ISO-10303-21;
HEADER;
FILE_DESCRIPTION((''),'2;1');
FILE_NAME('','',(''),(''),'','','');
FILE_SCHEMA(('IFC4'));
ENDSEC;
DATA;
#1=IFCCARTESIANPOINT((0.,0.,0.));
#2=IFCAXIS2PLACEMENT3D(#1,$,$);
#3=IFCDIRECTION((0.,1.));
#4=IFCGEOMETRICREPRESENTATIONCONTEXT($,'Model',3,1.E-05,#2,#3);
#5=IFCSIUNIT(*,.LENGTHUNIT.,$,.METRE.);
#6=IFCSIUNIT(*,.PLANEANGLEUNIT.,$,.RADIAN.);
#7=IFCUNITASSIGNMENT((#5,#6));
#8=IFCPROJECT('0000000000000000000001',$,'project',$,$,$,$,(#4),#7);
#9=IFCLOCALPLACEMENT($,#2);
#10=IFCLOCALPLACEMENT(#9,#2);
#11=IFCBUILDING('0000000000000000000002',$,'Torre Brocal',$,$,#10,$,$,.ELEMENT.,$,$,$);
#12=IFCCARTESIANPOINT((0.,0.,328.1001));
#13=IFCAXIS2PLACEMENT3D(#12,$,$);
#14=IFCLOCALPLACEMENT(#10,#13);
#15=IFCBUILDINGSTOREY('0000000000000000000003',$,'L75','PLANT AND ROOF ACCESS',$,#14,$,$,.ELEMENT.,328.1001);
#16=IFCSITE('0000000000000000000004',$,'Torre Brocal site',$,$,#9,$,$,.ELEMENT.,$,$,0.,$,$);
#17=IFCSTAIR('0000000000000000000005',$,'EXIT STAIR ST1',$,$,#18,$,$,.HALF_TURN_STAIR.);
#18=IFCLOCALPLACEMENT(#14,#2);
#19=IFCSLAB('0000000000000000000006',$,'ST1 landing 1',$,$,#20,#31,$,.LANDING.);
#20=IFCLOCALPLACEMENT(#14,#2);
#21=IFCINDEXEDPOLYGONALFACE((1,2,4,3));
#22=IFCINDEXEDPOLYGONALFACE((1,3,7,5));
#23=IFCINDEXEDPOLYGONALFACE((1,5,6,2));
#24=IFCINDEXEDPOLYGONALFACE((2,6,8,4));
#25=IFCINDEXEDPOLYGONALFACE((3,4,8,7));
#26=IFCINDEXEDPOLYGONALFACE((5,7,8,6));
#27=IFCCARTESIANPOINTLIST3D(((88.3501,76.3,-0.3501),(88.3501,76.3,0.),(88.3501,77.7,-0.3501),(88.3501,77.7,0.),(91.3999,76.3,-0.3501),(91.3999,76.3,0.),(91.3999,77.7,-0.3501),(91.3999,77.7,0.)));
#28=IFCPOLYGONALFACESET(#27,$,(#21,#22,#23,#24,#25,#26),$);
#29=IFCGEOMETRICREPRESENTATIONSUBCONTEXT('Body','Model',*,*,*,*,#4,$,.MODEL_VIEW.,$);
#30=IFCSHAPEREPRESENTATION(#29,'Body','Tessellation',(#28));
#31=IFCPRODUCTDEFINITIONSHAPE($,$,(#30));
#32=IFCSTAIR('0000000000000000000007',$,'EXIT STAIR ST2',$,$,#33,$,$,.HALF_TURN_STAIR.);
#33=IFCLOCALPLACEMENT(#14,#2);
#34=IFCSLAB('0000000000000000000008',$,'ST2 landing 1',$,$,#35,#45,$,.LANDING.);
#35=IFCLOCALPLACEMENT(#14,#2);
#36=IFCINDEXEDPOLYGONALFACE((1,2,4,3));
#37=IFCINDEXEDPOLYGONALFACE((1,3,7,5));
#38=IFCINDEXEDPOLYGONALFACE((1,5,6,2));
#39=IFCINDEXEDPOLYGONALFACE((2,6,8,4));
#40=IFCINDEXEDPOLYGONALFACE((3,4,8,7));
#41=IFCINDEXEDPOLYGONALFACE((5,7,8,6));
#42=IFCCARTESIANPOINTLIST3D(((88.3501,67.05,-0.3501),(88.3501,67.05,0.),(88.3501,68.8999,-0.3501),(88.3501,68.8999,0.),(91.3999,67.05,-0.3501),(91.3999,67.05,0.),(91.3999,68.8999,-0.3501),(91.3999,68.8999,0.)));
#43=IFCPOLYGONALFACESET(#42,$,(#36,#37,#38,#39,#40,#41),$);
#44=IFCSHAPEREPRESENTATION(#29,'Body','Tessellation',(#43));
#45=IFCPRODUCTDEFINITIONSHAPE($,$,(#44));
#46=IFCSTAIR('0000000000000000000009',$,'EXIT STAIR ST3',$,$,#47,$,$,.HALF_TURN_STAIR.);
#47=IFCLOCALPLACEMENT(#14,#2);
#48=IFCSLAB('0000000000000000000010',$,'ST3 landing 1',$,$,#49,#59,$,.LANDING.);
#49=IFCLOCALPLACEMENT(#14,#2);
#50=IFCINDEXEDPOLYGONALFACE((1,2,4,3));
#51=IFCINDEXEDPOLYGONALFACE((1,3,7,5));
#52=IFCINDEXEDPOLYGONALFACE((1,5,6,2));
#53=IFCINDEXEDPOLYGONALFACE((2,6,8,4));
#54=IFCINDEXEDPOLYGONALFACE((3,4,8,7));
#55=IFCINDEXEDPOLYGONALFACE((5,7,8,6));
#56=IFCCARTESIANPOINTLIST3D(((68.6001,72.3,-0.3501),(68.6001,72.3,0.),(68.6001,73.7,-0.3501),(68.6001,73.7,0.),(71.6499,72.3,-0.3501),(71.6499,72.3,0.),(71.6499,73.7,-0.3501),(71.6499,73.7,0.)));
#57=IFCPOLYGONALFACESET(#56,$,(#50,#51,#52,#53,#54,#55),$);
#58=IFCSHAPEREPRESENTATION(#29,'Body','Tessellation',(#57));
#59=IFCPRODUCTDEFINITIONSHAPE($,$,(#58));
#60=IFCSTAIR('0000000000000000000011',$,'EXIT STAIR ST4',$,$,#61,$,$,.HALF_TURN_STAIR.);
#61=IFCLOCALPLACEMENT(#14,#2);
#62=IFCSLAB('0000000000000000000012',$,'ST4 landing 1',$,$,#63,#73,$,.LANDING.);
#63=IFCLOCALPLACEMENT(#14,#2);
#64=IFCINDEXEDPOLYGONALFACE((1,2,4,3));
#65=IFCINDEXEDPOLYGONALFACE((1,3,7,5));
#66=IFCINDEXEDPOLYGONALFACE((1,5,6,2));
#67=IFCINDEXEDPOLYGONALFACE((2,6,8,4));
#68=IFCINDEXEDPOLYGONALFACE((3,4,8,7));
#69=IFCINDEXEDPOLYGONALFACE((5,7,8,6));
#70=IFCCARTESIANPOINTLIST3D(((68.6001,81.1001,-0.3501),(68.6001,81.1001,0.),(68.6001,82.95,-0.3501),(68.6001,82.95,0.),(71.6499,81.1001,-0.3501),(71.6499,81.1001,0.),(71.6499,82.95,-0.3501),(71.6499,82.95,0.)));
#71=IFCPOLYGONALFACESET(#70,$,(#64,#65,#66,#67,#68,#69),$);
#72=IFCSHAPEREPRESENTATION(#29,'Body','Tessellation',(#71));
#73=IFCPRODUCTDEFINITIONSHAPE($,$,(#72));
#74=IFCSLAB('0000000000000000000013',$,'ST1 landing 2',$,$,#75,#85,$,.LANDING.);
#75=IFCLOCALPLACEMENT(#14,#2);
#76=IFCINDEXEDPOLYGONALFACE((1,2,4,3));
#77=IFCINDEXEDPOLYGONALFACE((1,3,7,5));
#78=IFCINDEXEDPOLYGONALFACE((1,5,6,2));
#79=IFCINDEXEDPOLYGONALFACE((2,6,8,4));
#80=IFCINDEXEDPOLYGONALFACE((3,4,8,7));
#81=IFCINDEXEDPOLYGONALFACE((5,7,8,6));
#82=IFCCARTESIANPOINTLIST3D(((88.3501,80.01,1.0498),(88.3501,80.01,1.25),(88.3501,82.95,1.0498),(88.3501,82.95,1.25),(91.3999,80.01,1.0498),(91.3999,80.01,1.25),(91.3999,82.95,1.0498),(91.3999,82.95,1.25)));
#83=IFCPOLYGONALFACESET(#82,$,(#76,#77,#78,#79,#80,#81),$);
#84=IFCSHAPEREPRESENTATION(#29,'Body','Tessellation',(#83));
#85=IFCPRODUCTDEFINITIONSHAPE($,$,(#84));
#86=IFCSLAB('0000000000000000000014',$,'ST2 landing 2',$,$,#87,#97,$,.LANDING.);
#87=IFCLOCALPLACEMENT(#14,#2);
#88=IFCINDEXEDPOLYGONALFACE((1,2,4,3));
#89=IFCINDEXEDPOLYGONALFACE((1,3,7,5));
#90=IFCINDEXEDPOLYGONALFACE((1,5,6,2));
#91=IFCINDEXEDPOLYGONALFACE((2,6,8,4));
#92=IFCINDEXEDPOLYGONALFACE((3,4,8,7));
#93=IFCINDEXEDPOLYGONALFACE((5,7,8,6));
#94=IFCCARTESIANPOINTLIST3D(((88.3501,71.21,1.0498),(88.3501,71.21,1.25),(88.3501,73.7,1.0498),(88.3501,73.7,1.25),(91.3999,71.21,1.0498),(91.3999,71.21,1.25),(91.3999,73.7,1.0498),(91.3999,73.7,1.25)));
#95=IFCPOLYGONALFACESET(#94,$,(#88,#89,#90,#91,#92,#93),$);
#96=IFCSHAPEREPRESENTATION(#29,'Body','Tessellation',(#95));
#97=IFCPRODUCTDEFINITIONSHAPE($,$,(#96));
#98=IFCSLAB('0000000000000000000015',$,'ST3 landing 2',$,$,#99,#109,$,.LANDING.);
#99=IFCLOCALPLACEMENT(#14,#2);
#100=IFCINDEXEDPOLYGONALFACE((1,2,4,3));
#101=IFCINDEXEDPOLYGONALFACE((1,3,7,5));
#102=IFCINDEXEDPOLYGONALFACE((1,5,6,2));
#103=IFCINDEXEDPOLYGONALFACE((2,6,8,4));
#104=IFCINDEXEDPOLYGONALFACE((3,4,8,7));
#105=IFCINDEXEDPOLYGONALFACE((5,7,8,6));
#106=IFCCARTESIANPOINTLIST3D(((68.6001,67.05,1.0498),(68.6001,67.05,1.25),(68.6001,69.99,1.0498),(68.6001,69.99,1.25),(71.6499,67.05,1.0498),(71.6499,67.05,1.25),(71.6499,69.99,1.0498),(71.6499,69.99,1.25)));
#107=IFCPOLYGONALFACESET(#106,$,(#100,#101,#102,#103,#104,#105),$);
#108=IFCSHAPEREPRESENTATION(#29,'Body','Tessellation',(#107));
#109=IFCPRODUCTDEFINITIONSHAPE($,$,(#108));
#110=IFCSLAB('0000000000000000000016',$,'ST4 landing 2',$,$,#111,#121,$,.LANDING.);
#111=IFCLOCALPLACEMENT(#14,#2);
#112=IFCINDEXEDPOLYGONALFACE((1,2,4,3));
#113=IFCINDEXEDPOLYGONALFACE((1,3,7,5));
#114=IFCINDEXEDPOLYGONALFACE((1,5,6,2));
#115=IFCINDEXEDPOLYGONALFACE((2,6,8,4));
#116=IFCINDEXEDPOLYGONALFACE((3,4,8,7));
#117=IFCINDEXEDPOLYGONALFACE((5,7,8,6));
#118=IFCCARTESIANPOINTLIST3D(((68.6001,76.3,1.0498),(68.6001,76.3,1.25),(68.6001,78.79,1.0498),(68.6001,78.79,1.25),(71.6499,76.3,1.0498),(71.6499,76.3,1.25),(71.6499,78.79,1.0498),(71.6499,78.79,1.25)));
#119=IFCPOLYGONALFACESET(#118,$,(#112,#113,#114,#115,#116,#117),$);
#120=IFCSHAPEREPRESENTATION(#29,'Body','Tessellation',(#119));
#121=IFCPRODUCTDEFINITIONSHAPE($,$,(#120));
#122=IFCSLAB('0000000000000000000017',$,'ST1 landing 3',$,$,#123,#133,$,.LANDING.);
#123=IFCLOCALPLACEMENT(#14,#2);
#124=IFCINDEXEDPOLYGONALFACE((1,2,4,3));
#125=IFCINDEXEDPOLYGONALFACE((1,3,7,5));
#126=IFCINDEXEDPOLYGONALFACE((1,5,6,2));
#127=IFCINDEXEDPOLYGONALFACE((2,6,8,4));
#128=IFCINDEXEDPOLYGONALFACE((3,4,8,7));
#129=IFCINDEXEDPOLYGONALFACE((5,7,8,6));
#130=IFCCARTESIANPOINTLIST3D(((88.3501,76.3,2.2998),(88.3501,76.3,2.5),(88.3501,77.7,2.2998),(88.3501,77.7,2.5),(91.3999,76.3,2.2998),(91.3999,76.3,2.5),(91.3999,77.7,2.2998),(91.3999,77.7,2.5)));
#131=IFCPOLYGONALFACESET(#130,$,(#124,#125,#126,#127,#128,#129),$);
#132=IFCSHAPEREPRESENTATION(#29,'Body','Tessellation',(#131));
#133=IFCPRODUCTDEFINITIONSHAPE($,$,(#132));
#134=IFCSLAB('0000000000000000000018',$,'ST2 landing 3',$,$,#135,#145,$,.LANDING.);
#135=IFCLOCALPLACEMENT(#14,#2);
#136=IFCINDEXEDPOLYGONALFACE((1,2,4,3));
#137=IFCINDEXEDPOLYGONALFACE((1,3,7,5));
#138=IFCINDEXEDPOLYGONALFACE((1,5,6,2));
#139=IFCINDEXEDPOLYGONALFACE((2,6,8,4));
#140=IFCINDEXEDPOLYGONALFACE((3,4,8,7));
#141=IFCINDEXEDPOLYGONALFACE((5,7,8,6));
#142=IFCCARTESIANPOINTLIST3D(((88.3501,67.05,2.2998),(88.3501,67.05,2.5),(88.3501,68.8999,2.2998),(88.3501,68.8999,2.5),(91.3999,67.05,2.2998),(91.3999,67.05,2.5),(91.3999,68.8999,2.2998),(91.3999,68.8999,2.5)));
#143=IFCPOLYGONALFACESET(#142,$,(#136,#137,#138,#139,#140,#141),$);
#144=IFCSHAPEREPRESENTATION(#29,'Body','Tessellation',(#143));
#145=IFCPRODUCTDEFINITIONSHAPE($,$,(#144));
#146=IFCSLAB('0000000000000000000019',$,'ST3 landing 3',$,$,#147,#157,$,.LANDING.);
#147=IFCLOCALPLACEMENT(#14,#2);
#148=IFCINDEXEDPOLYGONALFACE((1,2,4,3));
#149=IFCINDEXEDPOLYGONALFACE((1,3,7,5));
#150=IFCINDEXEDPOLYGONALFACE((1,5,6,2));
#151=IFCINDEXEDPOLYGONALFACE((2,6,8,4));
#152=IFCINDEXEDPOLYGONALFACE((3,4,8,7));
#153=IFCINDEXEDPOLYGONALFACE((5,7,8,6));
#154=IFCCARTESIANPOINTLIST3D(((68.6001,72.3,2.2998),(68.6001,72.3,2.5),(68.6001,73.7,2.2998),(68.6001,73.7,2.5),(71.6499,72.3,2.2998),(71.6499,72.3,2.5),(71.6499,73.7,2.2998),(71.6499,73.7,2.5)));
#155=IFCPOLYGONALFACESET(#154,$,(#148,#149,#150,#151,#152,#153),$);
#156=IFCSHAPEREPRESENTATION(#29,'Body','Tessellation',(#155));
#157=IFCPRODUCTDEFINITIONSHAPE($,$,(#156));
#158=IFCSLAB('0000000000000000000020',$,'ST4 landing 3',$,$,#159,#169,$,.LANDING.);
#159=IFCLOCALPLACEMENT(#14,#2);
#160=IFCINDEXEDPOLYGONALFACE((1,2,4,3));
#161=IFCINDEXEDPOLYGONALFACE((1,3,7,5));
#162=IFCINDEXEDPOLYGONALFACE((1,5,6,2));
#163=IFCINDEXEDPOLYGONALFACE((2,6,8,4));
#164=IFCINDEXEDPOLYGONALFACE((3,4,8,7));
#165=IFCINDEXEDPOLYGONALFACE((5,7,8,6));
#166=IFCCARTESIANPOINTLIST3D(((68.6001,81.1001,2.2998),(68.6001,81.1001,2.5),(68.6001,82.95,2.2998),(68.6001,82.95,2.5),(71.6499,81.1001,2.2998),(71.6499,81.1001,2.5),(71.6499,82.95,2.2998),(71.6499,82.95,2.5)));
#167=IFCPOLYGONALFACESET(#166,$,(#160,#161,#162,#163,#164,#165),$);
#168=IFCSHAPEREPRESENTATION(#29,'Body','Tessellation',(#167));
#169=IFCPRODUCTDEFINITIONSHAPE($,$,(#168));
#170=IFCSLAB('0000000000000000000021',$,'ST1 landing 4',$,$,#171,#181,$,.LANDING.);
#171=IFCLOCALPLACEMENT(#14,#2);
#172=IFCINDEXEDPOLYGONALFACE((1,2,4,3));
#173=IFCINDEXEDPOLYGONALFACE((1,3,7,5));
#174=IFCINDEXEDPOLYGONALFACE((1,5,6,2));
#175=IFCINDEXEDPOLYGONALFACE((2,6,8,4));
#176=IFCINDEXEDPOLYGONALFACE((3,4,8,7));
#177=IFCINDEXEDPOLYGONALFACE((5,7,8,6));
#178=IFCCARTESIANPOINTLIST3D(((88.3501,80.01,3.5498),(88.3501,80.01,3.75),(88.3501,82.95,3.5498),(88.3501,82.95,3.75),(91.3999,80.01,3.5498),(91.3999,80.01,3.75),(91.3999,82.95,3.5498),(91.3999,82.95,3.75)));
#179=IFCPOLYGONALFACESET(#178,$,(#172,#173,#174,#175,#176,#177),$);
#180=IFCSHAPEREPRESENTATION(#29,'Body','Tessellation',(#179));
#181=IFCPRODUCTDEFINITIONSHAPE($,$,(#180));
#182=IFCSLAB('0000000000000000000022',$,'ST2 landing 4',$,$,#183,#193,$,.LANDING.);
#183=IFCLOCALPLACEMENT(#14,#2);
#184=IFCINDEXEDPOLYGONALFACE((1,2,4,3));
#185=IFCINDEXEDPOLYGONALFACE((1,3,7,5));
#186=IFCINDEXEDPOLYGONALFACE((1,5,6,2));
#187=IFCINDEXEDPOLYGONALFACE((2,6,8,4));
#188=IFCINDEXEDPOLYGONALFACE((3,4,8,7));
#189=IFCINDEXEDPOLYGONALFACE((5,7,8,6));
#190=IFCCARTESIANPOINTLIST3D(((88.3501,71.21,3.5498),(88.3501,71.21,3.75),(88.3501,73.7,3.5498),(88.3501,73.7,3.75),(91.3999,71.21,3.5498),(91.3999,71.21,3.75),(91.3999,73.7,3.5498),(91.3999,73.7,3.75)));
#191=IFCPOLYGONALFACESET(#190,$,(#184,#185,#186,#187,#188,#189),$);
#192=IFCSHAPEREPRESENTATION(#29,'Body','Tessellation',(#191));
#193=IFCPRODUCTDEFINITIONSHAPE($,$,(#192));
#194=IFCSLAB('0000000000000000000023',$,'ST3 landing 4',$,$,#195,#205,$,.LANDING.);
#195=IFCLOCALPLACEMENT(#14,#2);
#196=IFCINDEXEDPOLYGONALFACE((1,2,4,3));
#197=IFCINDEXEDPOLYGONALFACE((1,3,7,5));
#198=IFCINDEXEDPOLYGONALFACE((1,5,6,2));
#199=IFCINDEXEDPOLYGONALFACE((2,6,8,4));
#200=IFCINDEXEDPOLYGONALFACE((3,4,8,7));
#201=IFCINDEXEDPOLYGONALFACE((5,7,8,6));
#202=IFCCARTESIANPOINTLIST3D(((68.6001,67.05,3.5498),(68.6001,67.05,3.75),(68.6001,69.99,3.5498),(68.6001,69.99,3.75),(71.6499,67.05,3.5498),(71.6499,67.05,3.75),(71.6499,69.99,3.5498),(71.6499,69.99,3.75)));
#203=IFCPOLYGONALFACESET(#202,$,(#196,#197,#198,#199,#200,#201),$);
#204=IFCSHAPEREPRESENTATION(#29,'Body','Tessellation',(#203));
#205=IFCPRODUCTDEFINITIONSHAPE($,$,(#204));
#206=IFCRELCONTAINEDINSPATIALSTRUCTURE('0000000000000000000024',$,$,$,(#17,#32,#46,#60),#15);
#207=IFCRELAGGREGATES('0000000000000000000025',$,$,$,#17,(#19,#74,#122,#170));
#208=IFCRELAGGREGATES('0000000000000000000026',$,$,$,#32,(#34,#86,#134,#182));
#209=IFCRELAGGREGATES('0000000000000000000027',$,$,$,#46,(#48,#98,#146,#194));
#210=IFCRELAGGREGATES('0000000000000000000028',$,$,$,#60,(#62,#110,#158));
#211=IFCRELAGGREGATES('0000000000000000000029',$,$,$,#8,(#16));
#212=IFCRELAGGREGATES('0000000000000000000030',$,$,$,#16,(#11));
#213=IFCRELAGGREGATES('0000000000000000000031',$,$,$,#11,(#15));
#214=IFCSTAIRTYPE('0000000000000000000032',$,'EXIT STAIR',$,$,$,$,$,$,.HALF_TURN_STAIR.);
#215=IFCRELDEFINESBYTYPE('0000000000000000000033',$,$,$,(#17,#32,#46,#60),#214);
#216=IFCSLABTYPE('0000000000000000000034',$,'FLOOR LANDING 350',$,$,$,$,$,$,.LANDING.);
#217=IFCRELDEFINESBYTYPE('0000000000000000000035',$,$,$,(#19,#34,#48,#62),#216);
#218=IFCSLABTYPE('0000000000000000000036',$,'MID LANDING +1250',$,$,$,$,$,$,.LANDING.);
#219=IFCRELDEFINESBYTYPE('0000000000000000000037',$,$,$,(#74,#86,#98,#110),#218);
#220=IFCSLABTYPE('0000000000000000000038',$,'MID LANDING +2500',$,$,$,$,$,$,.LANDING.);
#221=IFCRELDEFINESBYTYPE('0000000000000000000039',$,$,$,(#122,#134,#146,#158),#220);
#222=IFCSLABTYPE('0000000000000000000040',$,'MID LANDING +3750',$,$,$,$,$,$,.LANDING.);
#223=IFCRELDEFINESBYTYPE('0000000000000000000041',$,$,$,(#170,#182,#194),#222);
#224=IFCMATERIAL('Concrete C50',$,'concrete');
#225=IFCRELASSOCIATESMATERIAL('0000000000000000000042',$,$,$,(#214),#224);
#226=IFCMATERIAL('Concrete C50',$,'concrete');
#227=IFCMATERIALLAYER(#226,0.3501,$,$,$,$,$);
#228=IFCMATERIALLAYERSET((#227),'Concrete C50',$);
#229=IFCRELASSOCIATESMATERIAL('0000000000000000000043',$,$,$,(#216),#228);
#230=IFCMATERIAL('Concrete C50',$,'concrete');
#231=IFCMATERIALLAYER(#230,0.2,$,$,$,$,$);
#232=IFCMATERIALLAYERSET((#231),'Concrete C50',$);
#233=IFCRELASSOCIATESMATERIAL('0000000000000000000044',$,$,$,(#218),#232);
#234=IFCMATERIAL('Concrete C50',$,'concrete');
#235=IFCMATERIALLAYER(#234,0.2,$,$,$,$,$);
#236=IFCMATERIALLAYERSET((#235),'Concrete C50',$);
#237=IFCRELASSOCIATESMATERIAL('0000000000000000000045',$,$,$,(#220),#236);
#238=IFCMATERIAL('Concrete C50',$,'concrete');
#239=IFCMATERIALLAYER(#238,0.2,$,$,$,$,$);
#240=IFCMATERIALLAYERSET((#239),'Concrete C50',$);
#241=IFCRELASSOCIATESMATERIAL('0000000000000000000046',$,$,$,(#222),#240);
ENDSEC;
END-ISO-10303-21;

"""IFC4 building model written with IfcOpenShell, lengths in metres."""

from ifc_helpers import new_model, si_unit, direction, frame, origin, place, context, subcontext, project, spatial, polyline, outline, extrude, material, layer, layer_set, type_object, element, aggregate, save


model = new_model("IFC4")

# Units and contexts
model_context = context("Model", 3, precision=1e-05, world=origin(), true_north=direction((0.0, 1.0)))
body_context = subcontext(model_context, "Body", "Model", "MODEL_VIEW")
ifc_project = project(units=[si_unit("LENGTHUNIT", "METRE"), si_unit("PLANEANGLEUNIT", "RADIAN")], contexts=[model_context])

# Site, building, storey
site_placement = place(None, origin())
site = spatial("IfcSite", under=ifc_project, at=site_placement, Name="Torre Brocal site", CompositionType="ELEMENT", RefElevation=0.0)
building_placement = place(site_placement, origin())
building = spatial("IfcBuilding", under=site, at=building_placement, Name="Torre Brocal", CompositionType="ELEMENT")
storey_placement = place(building_placement, frame((0.0, 0.0, 328.1001)))
storey = spatial("IfcBuildingStorey", under=building, at=storey_placement, Name="L75", Description="PLANT AND ROOF ACCESS", CompositionType="ELEMENT", Elevation=328.1001)

# Stairs, slabs
ifc_material_1 = material(Name="Concrete C50", Category="concrete")
stair_type = type_object("IfcStairType", Name="EXIT STAIR", PredefinedType="HALF_TURN_STAIR", material=ifc_material_1)
stair_1_placement = place(storey_placement, origin())
stair_1 = element("IfcStair", 1, at=stair_1_placement, inside=storey, type_object=stair_type, Name="EXIT STAIR ST1", PredefinedType="HALF_TURN_STAIR")
ifc_material_2 = material(Name="Concrete C50", Category="concrete")
ifc_layer_1 = layer(ifc_material_2, 0.3501)
ifc_layer_set_1 = layer_set([ifc_layer_1], Name="Concrete C50")
slab_type_1 = type_object("IfcSlabType", Name="FLOOR LANDING 350", PredefinedType="LANDING", material=ifc_layer_set_1)
slab_1_placement = place(storey_placement, frame((0.0, 0.0, -0.3501)))
slab_1 = element("IfcSlab", 2, at=slab_1_placement, type_object=slab_type_1, Name="ST1 landing 1", PredefinedType="LANDING", context=body_context, shape_type="SweptSolid", body=[
    extrude(outline(polyline([(88.3501, 76.3), (91.3999, 76.3), (91.3999, 77.7), (88.3501, 77.7), (88.3501, 76.3)])), origin(), (0.0, 0.0, 1.0), 0.3501),
])
stair_2_placement = place(storey_placement, origin())
stair_2 = element("IfcStair", 3, at=stair_2_placement, inside=storey, type_object=stair_type, Name="EXIT STAIR ST2", PredefinedType="HALF_TURN_STAIR")
slab_2_placement = place(storey_placement, frame((0.0, 0.0, -0.3501)))
slab_2 = element("IfcSlab", 4, at=slab_2_placement, type_object=slab_type_1, Name="ST2 landing 1", PredefinedType="LANDING", context=body_context, shape_type="SweptSolid", body=[
    extrude(outline(polyline([(88.3501, 67.05), (91.3999, 67.05), (91.3999, 68.8999), (88.3501, 68.8999), (88.3501, 67.05)])), origin(), (0.0, 0.0, 1.0), 0.3501),
])
stair_3_placement = place(storey_placement, origin())
stair_3 = element("IfcStair", 5, at=stair_3_placement, inside=storey, type_object=stair_type, Name="EXIT STAIR ST3", PredefinedType="HALF_TURN_STAIR")
slab_3_placement = place(storey_placement, frame((0.0, 0.0, -0.3501)))
slab_3 = element("IfcSlab", 6, at=slab_3_placement, type_object=slab_type_1, Name="ST3 landing 1", PredefinedType="LANDING", context=body_context, shape_type="SweptSolid", body=[
    extrude(outline(polyline([(71.6499, 73.7), (68.6001, 73.7), (68.6001, 72.3), (71.6499, 72.3), (71.6499, 73.7)])), origin(), (0.0, 0.0, 1.0), 0.3501),
])
stair_4_placement = place(storey_placement, origin())
stair_4 = element("IfcStair", 7, at=stair_4_placement, inside=storey, type_object=stair_type, Name="EXIT STAIR ST4", PredefinedType="HALF_TURN_STAIR")
slab_4_placement = place(storey_placement, frame((0.0, 0.0, -0.3501)))
slab_4 = element("IfcSlab", 8, at=slab_4_placement, type_object=slab_type_1, Name="ST4 landing 1", PredefinedType="LANDING", context=body_context, shape_type="SweptSolid", body=[
    extrude(outline(polyline([(71.6499, 82.95), (68.6001, 82.95), (68.6001, 81.1001), (71.6499, 81.1001), (71.6499, 82.95)])), origin(), (0.0, 0.0, 1.0), 0.3501),
])

# Slabs
ifc_material_3 = material(Name="Concrete C50", Category="concrete")
ifc_layer_2 = layer(ifc_material_3, 0.2)
ifc_layer_set_2 = layer_set([ifc_layer_2], Name="Concrete C50")
slab_type_2 = type_object("IfcSlabType", Name="MID LANDING +1250", PredefinedType="LANDING", material=ifc_layer_set_2)
slab_5_placement = place(storey_placement, frame((0.0, 0.0, 1.0498)))
slab_5 = element("IfcSlab", 9, at=slab_5_placement, type_object=slab_type_2, Name="ST1 landing 2", PredefinedType="LANDING", context=body_context, shape_type="SweptSolid", body=[
    extrude(outline(polyline([(88.3501, 80.01), (91.3999, 80.01), (91.3999, 82.95), (88.3501, 82.95), (88.3501, 80.01)])), origin(), (0.0, 0.0, 1.0), 0.2002),
])
slab_6_placement = place(storey_placement, frame((0.0, 0.0, 1.0498)))
slab_6 = element("IfcSlab", 10, at=slab_6_placement, type_object=slab_type_2, Name="ST2 landing 2", PredefinedType="LANDING", context=body_context, shape_type="SweptSolid", body=[
    extrude(outline(polyline([(88.3501, 71.21), (91.3999, 71.21), (91.3999, 73.7), (88.3501, 73.7), (88.3501, 71.21)])), origin(), (0.0, 0.0, 1.0), 0.2002),
])
slab_7_placement = place(storey_placement, frame((0.0, 0.0, 1.0498)))
slab_7 = element("IfcSlab", 11, at=slab_7_placement, type_object=slab_type_2, Name="ST3 landing 2", PredefinedType="LANDING", context=body_context, shape_type="SweptSolid", body=[
    extrude(outline(polyline([(71.6499, 69.99), (68.6001, 69.99), (68.6001, 67.05), (71.6499, 67.05), (71.6499, 69.99)])), origin(), (0.0, 0.0, 1.0), 0.2002),
])
slab_8_placement = place(storey_placement, frame((0.0, 0.0, 1.0498)))
slab_8 = element("IfcSlab", 12, at=slab_8_placement, type_object=slab_type_2, Name="ST4 landing 2", PredefinedType="LANDING", context=body_context, shape_type="SweptSolid", body=[
    extrude(outline(polyline([(71.6499, 78.79), (68.6001, 78.79), (68.6001, 76.3), (71.6499, 76.3), (71.6499, 78.79)])), origin(), (0.0, 0.0, 1.0), 0.2002),
])
ifc_material_4 = material(Name="Concrete C50", Category="concrete")
ifc_layer_3 = layer(ifc_material_4, 0.2)
ifc_layer_set_3 = layer_set([ifc_layer_3], Name="Concrete C50")
slab_type_3 = type_object("IfcSlabType", Name="MID LANDING +2500", PredefinedType="LANDING", material=ifc_layer_set_3)
slab_9_placement = place(storey_placement, frame((0.0, 0.0, 2.2998)))
slab_9 = element("IfcSlab", 13, at=slab_9_placement, type_object=slab_type_3, Name="ST1 landing 3", PredefinedType="LANDING", context=body_context, shape_type="SweptSolid", body=[
    extrude(outline(polyline([(88.3501, 76.3), (91.3999, 76.3), (91.3999, 77.7), (88.3501, 77.7), (88.3501, 76.3)])), origin(), (0.0, 0.0, 1.0), 0.2002),
])
slab_10_placement = place(storey_placement, frame((0.0, 0.0, 2.2998)))
slab_10 = element("IfcSlab", 14, at=slab_10_placement, type_object=slab_type_3, Name="ST2 landing 3", PredefinedType="LANDING", context=body_context, shape_type="SweptSolid", body=[
    extrude(outline(polyline([(88.3501, 67.05), (91.3999, 67.05), (91.3999, 68.8999), (88.3501, 68.8999), (88.3501, 67.05)])), origin(), (0.0, 0.0, 1.0), 0.2002),
])
slab_11_placement = place(storey_placement, frame((0.0, 0.0, 2.2998)))
slab_11 = element("IfcSlab", 15, at=slab_11_placement, type_object=slab_type_3, Name="ST3 landing 3", PredefinedType="LANDING", context=body_context, shape_type="SweptSolid", body=[
    extrude(outline(polyline([(71.6499, 73.7), (68.6001, 73.7), (68.6001, 72.3), (71.6499, 72.3), (71.6499, 73.7)])), origin(), (0.0, 0.0, 1.0), 0.2002),
])
slab_12_placement = place(storey_placement, frame((0.0, 0.0, 2.2998)))
slab_12 = element("IfcSlab", 16, at=slab_12_placement, type_object=slab_type_3, Name="ST4 landing 3", PredefinedType="LANDING", context=body_context, shape_type="SweptSolid", body=[
    extrude(outline(polyline([(71.6499, 82.95), (68.6001, 82.95), (68.6001, 81.1001), (71.6499, 81.1001), (71.6499, 82.95)])), origin(), (0.0, 0.0, 1.0), 0.2002),
])
ifc_material_5 = material(Name="Concrete C50", Category="concrete")
ifc_layer_4 = layer(ifc_material_5, 0.2)
ifc_layer_set_4 = layer_set([ifc_layer_4], Name="Concrete C50")
slab_type_4 = type_object("IfcSlabType", Name="MID LANDING +3750", PredefinedType="LANDING", material=ifc_layer_set_4)
slab_13_placement = place(storey_placement, frame((0.0, 0.0, 3.5498)))
slab_13 = element("IfcSlab", 17, at=slab_13_placement, type_object=slab_type_4, Name="ST1 landing 4", PredefinedType="LANDING", context=body_context, shape_type="SweptSolid", body=[
    extrude(outline(polyline([(88.3501, 80.01), (91.3999, 80.01), (91.3999, 82.95), (88.3501, 82.95), (88.3501, 80.01)])), origin(), (0.0, 0.0, 1.0), 0.2002),
])
aggregate(stair_1, [slab_1, slab_5, slab_9, slab_13])
slab_14_placement = place(storey_placement, frame((0.0, 0.0, 3.5498)))
slab_14 = element("IfcSlab", 18, at=slab_14_placement, type_object=slab_type_4, Name="ST2 landing 4", PredefinedType="LANDING", context=body_context, shape_type="SweptSolid", body=[
    extrude(outline(polyline([(88.3501, 71.21), (91.3999, 71.21), (91.3999, 73.7), (88.3501, 73.7), (88.3501, 71.21)])), origin(), (0.0, 0.0, 1.0), 0.2002),
])
aggregate(stair_2, [slab_2, slab_6, slab_10, slab_14])
slab_15_placement = place(storey_placement, frame((0.0, 0.0, 3.5498)))
slab_15 = element("IfcSlab", 19, at=slab_15_placement, type_object=slab_type_4, Name="ST3 landing 4", PredefinedType="LANDING", context=body_context, shape_type="SweptSolid", body=[
    extrude(outline(polyline([(71.6499, 69.99), (68.6001, 69.99), (68.6001, 67.05), (71.6499, 67.05), (71.6499, 69.99)])), origin(), (0.0, 0.0, 1.0), 0.2002),
])
aggregate(stair_3, [slab_3, slab_7, slab_11, slab_15])
aggregate(stair_4, [slab_4, slab_8, slab_12])

save(model, "model.ifc")
